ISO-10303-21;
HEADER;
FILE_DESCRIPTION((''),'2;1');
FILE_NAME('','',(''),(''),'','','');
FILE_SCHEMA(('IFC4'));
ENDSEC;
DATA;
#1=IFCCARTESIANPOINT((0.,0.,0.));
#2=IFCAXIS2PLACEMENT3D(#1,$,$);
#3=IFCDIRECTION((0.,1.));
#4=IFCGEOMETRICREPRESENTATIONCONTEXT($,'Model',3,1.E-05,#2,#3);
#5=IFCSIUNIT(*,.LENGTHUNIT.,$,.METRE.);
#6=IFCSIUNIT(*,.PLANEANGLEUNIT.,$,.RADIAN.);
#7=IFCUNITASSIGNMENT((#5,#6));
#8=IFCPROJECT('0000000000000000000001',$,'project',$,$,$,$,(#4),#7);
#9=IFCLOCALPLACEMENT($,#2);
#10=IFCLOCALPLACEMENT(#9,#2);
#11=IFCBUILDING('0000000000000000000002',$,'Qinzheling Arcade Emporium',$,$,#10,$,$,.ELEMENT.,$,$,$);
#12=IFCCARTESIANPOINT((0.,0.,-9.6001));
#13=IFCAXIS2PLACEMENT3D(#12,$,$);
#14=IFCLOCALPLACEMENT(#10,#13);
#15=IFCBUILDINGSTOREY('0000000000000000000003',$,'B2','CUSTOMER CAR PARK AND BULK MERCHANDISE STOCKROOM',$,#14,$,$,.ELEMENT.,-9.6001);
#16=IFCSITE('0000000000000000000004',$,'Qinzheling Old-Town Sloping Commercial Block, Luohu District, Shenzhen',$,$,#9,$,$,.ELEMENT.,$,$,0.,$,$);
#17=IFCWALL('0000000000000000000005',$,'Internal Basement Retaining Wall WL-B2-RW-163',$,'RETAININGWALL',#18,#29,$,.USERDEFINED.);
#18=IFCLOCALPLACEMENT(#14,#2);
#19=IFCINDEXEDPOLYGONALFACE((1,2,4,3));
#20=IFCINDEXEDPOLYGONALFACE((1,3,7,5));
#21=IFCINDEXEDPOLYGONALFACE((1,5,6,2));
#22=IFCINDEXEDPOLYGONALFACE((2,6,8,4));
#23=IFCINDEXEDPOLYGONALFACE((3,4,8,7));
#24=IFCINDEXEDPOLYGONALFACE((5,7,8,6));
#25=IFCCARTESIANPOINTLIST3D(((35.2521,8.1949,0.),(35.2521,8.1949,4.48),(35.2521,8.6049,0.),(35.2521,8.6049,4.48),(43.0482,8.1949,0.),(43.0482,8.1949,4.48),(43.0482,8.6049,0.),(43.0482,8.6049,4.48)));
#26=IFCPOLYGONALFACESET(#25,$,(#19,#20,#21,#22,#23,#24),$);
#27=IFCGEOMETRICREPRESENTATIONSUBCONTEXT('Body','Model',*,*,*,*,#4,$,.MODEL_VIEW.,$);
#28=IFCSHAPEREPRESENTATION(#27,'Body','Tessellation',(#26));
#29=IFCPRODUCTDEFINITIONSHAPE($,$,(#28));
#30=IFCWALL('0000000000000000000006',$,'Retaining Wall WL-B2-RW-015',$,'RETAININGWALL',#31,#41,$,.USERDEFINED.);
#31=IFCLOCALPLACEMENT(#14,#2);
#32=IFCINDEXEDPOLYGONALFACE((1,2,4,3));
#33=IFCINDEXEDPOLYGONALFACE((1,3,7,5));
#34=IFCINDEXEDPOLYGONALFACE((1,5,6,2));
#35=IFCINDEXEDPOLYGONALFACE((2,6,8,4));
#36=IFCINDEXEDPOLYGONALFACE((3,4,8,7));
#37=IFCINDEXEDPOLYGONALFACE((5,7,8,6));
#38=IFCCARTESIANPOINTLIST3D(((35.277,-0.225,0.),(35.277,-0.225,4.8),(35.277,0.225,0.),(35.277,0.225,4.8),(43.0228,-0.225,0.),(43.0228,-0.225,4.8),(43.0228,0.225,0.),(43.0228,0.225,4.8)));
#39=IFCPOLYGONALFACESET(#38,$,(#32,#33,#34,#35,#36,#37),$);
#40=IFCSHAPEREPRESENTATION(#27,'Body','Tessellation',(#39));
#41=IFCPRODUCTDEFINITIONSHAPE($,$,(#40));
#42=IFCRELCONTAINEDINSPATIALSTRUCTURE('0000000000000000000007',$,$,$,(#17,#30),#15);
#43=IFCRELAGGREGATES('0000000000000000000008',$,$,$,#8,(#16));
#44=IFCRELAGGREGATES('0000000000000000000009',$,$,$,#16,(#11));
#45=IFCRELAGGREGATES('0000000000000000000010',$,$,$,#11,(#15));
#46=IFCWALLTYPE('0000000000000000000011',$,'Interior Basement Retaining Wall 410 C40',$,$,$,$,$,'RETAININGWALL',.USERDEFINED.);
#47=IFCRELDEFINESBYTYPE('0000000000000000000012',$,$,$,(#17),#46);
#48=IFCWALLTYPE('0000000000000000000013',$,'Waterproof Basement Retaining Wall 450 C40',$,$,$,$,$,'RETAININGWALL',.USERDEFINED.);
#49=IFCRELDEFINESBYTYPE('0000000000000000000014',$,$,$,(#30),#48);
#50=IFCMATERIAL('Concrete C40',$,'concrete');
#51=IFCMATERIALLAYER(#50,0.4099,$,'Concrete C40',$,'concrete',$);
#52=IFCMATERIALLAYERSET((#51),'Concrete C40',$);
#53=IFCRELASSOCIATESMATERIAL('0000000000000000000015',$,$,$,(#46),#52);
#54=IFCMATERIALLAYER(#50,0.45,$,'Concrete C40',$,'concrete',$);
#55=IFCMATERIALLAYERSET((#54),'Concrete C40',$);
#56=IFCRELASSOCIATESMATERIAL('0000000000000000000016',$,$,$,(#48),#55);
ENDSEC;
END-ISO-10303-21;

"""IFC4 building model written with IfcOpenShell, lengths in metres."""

from ifc_helpers import new_model, si_unit, direction, frame, frame_2d, origin, place, context, subcontext, project, spatial, rectangle, extrude, material, layer, layer_set, type_object, element, save


model = new_model("IFC4")

# Units and contexts
model_context = context("Model", 3, precision=1e-05, world=origin(), true_north=direction((0.0, 1.0)))
body_context = subcontext(model_context, "Body", "Model", "MODEL_VIEW")
ifc_project = project(units=[si_unit("LENGTHUNIT", "METRE"), si_unit("PLANEANGLEUNIT", "RADIAN")], contexts=[model_context])

# Site, building, storey
site_placement = place(None, origin())
site = spatial("IfcSite", under=ifc_project, at=site_placement, Name="Qinzheling Old-Town Sloping Commercial Block, Luohu District, Shenzhen", CompositionType="ELEMENT", RefElevation=0.0)
building_placement = place(site_placement, origin())
building = spatial("IfcBuilding", under=site, at=building_placement, Name="Qinzheling Arcade Emporium", CompositionType="ELEMENT")
storey_placement = place(building_placement, frame((0.0, 0.0, -9.6001)))
storey = spatial("IfcBuildingStorey", under=building, at=storey_placement, Name="B2", Description="CUSTOMER CAR PARK AND BULK MERCHANDISE STOCKROOM", CompositionType="ELEMENT", Elevation=-9.6001)

# Shared definitions
ifc_material_1 = material(Name="Concrete C40", Category="concrete")

# Walls
ifc_layer_1 = layer(ifc_material_1, 0.4099, Name="Concrete C40", Category="concrete")
ifc_layer_set_1 = layer_set([ifc_layer_1], Name="Concrete C40")
wall_type_1 = type_object("IfcWallType", Name="Interior Basement Retaining Wall 410 C40", ElementType="RETAININGWALL", PredefinedType="USERDEFINED", material=ifc_layer_set_1)
for number, where, z_axis, x_axis, name in (
    (1, (43.0481, 8.3999, 0.0), (0.0, 0.0, 1.0), (-1.0, 0.0, 0.0), "Internal Basement Retaining Wall WL-B2-RW-163"),
):
    element("IfcWall", number, at=place(storey_placement, frame(where, z_axis=z_axis, x_axis=x_axis)), inside=storey, type_object=wall_type_1, Name=name, ObjectType="RETAININGWALL", PredefinedType="USERDEFINED", context=body_context, shape_type="SweptSolid", body=[
        extrude(rectangle(XDim=7.7961, YDim=0.4099, at=frame_2d((3.8979, 0.0))), origin(), (0.0, 0.0, 1.0), 4.48),
    ])
ifc_layer_2 = layer(ifc_material_1, 0.45, Name="Concrete C40", Category="concrete")
ifc_layer_set_2 = layer_set([ifc_layer_2], Name="Concrete C40")
wall_type_2 = type_object("IfcWallType", Name="Waterproof Basement Retaining Wall 450 C40", ElementType="RETAININGWALL", PredefinedType="USERDEFINED", material=ifc_layer_set_2)
wall_1_placement = place(storey_placement, frame((43.0229, 0.0, 0.0), z_axis=(0.0, 0.0, 1.0), x_axis=(-1.0, 0.0, 0.0)))
element("IfcWall", 2, at=wall_1_placement, inside=storey, type_object=wall_type_2, Name="Retaining Wall WL-B2-RW-015", ObjectType="RETAININGWALL", PredefinedType="USERDEFINED", context=body_context, shape_type="SweptSolid", body=[
    extrude(rectangle(XDim=7.7458, YDim=0.45, at=frame_2d((3.873, 0.0))), origin(), (0.0, 0.0, 1.0), 4.8),
])

save(model, "model.ifc")
